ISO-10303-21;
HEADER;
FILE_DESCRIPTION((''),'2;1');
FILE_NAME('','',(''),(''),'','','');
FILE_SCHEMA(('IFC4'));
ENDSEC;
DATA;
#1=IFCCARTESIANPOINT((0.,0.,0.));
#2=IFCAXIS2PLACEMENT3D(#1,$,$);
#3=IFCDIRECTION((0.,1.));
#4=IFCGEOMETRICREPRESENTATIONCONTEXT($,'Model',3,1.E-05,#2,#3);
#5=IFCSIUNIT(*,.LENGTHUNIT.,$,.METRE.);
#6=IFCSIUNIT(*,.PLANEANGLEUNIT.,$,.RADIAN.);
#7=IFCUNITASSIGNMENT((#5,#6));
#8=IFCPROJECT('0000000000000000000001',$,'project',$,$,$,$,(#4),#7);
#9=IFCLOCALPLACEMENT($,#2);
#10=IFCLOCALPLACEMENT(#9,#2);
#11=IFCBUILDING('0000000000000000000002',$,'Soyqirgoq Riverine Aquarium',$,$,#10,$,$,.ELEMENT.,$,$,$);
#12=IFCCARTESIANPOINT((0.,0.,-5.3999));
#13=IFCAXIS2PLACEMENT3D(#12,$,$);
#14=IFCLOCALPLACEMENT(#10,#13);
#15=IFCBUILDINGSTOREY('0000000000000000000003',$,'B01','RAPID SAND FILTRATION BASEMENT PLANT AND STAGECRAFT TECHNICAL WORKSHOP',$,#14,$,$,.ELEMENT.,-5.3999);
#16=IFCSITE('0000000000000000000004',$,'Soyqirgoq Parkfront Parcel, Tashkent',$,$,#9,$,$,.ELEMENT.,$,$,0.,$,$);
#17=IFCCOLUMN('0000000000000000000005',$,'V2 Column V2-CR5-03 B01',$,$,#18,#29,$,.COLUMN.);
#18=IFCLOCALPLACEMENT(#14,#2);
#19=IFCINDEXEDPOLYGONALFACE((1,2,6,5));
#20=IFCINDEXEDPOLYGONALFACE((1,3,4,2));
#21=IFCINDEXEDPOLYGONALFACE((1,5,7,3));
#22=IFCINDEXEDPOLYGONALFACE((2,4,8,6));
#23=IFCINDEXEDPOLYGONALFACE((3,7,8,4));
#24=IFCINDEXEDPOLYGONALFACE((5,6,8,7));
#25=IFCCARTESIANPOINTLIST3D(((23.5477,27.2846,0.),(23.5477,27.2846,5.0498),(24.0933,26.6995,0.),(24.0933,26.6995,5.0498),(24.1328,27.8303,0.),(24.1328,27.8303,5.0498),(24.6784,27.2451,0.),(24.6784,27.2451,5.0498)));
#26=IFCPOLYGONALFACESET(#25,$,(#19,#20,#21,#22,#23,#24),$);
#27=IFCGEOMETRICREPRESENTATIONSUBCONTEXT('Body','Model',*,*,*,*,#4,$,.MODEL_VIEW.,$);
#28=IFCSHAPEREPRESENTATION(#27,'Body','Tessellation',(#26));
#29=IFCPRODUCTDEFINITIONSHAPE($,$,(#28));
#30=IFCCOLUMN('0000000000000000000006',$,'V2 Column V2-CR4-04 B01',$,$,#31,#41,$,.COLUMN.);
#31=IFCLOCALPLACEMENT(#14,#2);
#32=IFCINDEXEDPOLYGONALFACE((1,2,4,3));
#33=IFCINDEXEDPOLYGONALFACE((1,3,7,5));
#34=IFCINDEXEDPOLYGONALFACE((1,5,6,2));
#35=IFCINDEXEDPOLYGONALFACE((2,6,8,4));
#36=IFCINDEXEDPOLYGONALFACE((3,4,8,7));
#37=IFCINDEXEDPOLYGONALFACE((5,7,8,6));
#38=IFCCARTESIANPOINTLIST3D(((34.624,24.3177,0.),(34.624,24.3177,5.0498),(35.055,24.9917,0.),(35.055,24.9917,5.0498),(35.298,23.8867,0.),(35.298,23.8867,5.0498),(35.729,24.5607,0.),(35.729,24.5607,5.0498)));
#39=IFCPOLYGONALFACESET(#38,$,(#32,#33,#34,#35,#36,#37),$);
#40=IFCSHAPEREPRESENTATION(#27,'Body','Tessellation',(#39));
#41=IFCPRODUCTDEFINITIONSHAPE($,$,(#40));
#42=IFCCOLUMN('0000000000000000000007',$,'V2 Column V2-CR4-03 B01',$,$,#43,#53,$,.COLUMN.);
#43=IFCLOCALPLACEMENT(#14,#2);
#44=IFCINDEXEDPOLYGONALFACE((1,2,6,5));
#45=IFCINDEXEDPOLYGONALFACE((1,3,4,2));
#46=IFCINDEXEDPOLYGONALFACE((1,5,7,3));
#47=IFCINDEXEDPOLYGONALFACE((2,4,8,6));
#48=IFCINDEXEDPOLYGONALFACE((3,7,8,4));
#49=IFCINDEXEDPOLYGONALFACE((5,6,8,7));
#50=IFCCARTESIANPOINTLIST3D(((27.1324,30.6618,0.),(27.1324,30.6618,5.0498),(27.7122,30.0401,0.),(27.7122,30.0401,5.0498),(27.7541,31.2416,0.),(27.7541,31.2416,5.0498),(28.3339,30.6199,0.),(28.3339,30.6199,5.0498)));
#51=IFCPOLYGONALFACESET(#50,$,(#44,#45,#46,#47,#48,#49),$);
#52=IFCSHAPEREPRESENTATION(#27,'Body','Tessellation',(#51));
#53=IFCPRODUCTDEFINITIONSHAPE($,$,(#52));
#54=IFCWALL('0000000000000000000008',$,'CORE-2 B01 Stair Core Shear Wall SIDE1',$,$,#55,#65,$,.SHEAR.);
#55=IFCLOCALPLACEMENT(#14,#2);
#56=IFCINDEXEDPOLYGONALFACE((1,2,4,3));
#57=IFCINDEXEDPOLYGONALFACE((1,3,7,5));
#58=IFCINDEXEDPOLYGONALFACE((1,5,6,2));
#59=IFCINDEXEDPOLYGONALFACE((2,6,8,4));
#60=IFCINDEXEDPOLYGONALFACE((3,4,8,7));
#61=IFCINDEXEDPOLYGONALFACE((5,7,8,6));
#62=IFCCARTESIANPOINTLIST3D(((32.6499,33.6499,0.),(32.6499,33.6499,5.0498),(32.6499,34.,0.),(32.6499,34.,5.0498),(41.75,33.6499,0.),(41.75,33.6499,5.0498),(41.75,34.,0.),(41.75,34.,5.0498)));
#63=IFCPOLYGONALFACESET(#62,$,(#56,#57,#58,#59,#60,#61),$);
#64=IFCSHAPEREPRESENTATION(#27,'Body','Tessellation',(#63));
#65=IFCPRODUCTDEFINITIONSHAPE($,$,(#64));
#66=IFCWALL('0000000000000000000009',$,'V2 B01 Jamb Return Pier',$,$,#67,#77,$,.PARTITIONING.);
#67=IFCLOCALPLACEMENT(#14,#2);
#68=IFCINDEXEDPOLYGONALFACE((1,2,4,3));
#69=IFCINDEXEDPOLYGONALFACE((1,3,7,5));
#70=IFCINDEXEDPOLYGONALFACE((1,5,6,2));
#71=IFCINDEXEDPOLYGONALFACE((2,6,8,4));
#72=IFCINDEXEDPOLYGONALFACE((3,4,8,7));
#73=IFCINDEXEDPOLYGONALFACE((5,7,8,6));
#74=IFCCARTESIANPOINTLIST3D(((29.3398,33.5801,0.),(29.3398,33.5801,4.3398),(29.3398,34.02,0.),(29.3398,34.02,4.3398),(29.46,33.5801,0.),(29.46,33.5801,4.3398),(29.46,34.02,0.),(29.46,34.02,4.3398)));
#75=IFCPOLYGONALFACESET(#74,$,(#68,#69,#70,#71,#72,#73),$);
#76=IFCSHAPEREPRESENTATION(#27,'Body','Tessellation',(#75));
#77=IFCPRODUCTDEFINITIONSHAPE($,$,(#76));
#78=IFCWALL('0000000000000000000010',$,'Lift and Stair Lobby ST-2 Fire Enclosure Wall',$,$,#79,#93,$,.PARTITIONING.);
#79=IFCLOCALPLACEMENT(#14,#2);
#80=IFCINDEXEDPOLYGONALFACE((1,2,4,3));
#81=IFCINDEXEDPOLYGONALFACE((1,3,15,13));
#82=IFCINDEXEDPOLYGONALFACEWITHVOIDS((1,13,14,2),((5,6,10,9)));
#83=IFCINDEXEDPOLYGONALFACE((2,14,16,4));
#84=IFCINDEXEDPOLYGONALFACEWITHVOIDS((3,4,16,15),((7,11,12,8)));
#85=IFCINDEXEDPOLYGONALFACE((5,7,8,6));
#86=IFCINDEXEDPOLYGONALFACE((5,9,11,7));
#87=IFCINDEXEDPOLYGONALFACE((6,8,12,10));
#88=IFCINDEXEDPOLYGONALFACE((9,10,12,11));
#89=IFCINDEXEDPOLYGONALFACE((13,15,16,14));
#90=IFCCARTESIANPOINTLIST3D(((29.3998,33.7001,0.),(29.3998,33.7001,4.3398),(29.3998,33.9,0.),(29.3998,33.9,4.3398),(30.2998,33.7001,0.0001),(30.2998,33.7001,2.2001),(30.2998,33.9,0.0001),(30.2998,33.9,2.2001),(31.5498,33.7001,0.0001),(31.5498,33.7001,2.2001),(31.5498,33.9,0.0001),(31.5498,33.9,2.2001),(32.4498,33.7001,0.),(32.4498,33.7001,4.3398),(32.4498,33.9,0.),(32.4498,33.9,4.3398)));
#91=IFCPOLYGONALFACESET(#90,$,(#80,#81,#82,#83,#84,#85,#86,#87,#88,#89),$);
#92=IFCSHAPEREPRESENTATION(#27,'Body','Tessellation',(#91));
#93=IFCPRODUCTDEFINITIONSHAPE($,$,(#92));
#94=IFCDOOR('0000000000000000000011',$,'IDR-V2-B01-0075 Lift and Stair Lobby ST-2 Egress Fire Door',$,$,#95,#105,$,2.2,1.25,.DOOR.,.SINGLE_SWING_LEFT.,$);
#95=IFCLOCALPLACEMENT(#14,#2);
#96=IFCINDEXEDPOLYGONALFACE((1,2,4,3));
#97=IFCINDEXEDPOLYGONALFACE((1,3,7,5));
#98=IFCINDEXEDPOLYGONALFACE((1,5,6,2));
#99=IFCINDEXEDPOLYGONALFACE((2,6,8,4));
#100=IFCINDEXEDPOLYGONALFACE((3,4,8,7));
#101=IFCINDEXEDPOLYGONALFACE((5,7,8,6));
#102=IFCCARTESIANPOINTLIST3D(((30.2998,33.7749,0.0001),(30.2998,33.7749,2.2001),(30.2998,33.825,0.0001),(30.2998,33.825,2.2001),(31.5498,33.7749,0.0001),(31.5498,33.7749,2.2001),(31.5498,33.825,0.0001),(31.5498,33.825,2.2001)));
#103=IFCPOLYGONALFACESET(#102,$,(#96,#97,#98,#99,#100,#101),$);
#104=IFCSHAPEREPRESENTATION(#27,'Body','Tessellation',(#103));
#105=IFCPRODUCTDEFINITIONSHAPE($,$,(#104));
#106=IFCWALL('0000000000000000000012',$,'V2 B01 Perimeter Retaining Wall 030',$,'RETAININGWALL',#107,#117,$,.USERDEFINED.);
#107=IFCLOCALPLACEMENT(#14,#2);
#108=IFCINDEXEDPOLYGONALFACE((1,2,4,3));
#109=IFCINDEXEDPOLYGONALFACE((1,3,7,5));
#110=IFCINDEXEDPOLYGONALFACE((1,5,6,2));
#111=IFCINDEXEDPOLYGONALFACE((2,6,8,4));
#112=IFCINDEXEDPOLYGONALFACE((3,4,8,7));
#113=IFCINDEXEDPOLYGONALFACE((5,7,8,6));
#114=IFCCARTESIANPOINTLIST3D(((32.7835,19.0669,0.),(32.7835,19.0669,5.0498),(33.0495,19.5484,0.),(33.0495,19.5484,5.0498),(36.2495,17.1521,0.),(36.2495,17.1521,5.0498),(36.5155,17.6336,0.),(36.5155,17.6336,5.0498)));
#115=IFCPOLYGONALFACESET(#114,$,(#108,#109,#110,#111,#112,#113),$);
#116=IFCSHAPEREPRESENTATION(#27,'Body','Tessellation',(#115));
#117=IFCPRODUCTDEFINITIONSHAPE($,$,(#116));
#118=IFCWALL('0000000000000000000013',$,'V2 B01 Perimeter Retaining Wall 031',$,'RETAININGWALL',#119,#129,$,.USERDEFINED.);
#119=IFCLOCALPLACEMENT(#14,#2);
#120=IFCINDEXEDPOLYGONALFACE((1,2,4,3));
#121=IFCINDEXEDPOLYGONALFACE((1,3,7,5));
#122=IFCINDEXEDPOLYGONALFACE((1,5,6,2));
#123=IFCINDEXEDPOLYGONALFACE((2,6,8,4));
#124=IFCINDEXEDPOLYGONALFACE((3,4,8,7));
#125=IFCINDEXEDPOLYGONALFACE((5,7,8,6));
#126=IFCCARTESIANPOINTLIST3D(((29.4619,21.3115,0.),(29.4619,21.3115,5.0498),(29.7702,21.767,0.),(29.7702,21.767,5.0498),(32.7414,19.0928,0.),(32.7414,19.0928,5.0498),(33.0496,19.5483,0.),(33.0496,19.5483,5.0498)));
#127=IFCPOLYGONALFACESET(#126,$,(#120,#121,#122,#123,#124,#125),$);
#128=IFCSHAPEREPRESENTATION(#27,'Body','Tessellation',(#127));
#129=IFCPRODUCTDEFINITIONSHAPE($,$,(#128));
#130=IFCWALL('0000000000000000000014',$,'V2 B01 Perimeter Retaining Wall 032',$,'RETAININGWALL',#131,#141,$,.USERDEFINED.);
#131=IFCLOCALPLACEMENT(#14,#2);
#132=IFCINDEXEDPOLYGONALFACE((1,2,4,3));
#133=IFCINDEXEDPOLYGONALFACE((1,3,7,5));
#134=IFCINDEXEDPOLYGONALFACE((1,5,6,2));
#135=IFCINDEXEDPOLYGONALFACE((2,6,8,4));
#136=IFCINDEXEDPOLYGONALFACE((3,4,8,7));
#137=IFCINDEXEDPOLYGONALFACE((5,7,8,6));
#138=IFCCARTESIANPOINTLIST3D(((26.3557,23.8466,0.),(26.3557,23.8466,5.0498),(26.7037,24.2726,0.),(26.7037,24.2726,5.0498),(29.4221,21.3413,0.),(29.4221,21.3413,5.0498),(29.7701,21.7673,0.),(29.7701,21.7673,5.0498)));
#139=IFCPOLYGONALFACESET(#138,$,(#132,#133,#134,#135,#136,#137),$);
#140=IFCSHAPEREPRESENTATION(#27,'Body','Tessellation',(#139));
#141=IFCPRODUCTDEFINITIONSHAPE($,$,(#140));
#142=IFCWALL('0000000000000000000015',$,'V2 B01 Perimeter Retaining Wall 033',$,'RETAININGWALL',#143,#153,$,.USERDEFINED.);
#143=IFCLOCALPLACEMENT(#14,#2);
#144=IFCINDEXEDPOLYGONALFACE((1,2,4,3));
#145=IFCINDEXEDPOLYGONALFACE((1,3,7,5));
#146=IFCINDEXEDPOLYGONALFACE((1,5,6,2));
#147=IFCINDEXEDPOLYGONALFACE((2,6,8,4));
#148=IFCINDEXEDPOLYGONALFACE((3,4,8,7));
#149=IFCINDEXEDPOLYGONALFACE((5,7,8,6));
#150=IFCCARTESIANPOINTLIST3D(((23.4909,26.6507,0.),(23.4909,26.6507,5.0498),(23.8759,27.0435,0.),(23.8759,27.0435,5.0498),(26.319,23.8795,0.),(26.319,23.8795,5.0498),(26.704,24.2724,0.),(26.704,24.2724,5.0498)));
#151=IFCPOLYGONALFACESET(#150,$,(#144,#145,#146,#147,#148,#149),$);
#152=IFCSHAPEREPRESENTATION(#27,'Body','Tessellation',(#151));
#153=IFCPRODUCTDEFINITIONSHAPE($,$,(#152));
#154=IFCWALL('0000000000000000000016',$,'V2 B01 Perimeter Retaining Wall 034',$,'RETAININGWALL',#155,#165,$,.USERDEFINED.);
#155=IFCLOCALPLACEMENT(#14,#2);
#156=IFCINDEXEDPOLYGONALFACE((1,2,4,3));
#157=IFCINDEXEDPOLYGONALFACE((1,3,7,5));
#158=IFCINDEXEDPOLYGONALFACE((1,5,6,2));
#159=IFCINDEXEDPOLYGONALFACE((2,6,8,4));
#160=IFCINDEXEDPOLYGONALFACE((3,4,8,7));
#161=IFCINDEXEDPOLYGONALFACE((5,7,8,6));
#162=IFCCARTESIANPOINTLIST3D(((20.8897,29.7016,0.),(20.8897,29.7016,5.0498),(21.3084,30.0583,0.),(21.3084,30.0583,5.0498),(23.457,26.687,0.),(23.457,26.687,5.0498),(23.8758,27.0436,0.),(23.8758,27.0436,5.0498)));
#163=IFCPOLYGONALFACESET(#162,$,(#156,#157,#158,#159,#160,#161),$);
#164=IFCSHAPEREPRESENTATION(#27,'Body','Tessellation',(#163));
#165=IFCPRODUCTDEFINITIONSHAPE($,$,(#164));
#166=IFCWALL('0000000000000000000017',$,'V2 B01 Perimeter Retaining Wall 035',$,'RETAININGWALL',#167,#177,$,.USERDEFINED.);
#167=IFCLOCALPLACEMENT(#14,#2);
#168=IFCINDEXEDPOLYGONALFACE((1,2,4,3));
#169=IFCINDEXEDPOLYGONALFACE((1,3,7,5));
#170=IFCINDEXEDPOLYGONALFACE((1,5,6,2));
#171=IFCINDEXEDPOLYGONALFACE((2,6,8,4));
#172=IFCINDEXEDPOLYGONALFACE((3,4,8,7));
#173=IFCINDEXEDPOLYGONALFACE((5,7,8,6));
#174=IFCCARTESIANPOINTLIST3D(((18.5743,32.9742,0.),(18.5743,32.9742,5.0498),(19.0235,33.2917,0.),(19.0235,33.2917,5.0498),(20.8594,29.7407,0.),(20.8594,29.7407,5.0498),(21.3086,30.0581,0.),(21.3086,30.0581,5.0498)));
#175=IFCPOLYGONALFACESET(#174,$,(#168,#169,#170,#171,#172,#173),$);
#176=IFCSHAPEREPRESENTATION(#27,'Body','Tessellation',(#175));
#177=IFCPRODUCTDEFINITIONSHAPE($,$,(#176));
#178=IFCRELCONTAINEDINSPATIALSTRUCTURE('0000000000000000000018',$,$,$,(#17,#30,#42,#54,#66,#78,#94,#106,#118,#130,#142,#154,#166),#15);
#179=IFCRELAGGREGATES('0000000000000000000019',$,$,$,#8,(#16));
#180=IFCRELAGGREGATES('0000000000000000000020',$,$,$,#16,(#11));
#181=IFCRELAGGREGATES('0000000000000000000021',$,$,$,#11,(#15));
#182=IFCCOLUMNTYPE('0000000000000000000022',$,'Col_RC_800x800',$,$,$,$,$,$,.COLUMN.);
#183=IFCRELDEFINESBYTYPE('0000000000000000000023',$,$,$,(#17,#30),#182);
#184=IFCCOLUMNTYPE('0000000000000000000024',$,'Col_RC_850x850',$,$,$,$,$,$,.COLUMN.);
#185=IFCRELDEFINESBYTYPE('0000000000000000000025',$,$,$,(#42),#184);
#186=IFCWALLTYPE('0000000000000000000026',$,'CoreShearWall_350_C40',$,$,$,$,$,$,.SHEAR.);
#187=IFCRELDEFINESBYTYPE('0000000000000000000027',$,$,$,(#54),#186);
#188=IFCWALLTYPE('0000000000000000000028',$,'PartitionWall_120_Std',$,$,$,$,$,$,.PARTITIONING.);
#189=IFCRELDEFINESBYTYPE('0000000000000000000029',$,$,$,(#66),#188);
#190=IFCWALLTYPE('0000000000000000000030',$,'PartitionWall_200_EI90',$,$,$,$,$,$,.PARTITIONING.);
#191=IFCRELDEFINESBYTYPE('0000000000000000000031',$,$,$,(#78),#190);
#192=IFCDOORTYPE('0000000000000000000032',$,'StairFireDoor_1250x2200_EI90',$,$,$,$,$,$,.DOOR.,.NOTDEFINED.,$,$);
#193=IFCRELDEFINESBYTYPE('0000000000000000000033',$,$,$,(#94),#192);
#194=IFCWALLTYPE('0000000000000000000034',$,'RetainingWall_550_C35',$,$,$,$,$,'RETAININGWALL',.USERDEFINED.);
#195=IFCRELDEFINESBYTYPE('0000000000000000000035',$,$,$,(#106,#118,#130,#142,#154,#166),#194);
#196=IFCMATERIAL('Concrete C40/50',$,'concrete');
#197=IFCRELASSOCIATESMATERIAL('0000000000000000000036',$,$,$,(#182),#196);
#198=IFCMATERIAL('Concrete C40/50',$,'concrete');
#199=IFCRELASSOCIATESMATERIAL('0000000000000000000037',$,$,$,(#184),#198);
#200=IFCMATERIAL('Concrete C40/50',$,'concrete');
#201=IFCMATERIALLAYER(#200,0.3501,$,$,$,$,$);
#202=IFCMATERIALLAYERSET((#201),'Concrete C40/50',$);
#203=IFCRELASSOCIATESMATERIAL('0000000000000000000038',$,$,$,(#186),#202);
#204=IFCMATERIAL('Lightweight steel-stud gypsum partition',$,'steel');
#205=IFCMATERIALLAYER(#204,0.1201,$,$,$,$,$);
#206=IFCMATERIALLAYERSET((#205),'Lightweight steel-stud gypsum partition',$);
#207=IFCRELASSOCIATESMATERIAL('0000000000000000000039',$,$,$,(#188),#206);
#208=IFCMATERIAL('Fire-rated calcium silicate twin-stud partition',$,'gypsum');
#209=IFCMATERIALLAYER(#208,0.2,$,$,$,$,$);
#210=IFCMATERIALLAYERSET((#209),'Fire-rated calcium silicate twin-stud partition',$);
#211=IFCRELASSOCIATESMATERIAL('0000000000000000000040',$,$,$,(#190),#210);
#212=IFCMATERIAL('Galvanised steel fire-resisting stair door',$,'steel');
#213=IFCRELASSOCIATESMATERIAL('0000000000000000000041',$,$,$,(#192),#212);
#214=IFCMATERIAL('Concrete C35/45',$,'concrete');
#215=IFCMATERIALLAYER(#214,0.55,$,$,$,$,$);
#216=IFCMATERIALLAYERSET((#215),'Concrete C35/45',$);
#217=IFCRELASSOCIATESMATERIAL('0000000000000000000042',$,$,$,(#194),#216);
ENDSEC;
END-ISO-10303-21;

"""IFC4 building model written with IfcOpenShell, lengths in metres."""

from ifc_helpers import new_model, si_unit, direction, frame, frame_2d, origin, origin_2d, place, context, subcontext, project, spatial, rectangle, extrude, material, layer, layer_set, material_profile, profile_set, type_object, element, fill, save


model = new_model("IFC4")

# Units and contexts
model_context = context("Model", 3, precision=1e-05, world=origin(), true_north=direction((0.0, 1.0)))
body_context = subcontext(model_context, "Body", "Model", "MODEL_VIEW")
ifc_project = project(units=[si_unit("LENGTHUNIT", "METRE"), si_unit("PLANEANGLEUNIT", "RADIAN")], contexts=[model_context])

# Site, building, storey
site_placement = place(None, origin())
site = spatial("IfcSite", under=ifc_project, at=site_placement, Name="Soyqirgoq Parkfront Parcel, Tashkent", CompositionType="ELEMENT", RefElevation=0.0)
building_placement = place(site_placement, origin())
building = spatial("IfcBuilding", under=site, at=building_placement, Name="Soyqirgoq Riverine Aquarium", CompositionType="ELEMENT")
storey_placement = place(building_placement, frame((0.0, 0.0, -5.3999)))
storey = spatial("IfcBuildingStorey", under=building, at=storey_placement, Name="B01", Description="RAPID SAND FILTRATION BASEMENT PLANT AND STAGECRAFT TECHNICAL WORKSHOP", CompositionType="ELEMENT", Elevation=-5.3999)

# Columns
ifc_material_1 = material(Name="Concrete C40/50", Category="concrete")
ifc_material_profile_1 = material_profile(ifc_material_1, rectangle(XDim=0.8, YDim=0.8, at=origin_2d()), Name="RC 800x800")
ifc_profile_set_1 = profile_set([ifc_material_profile_1], Name="Concrete C40/50")
column_type_1 = type_object("IfcColumnType", Name="Col_RC_800x800", PredefinedType="COLUMN", material=ifc_profile_set_1)
for number, where, z_axis, x_axis, name in (
    (1, (24.113, 27.2649, 0.0), (0.0, 0.0, 1.0), (-0.731354, -0.681998, 0.0), "V2 Column V2-CR5-03 B01"),
    (2, (35.1765, 24.4392, 0.0), (0.0, 0.0, 1.0), (-0.538771, -0.842452, 0.0), "V2 Column V2-CR4-04 B01"),
):
    element("IfcColumn", number, at=place(storey_placement, frame(where, z_axis=z_axis, x_axis=x_axis)), inside=storey, type_object=column_type_1, Name=name, PredefinedType="COLUMN", context=body_context, shape_type="SweptSolid", body=[
        extrude(rectangle(XDim=0.8, YDim=0.8, at=origin_2d()), origin(), (0.0, 0.0, 1.0), 5.0498),
    ])
ifc_material_2 = material(Name="Concrete C40/50", Category="concrete")
ifc_material_profile_2 = material_profile(ifc_material_2, rectangle(XDim=0.8501, YDim=0.8501, at=origin_2d()), Name="RC 850x850")
ifc_profile_set_2 = profile_set([ifc_material_profile_2], Name="Concrete C40/50")
column_type_2 = type_object("IfcColumnType", Name="Col_RC_850x850", PredefinedType="COLUMN", material=ifc_profile_set_2)
column_1_placement = place(storey_placement, frame((27.7332, 30.6409, 0.0), z_axis=(0.0, 0.0, 1.0), x_axis=(-0.731354, -0.681998, 0.0)))
element("IfcColumn", 3, at=column_1_placement, inside=storey, type_object=column_type_2, Name="V2 Column V2-CR4-03 B01", PredefinedType="COLUMN", context=body_context, shape_type="SweptSolid", body=[
    extrude(rectangle(XDim=0.8501, YDim=0.8501, at=origin_2d()), origin(), (0.0, 0.0, 1.0), 5.0498),
])

# Walls
ifc_material_3 = material(Name="Concrete C40/50", Category="concrete")
ifc_layer_1 = layer(ifc_material_3, 0.3501)
ifc_layer_set_1 = layer_set([ifc_layer_1], Name="Concrete C40/50")
wall_type_1 = type_object("IfcWallType", Name="CoreShearWall_350_C40", PredefinedType="SHEAR", material=ifc_layer_set_1)
wall_1_placement = place(storey_placement, frame((32.6499, 33.825, 0.0), z_axis=(0.0, 0.0, 1.0), x_axis=(1.0, 0.0, 0.0)))
element("IfcWall", 4, at=wall_1_placement, inside=storey, type_object=wall_type_1, Name="CORE-2 B01 Stair Core Shear Wall SIDE1", PredefinedType="SHEAR", context=body_context, shape_type="SweptSolid", body=[
    extrude(rectangle(XDim=9.1001, YDim=0.3501, at=frame_2d((4.55, 0.0))), origin(), (0.0, 0.0, 1.0), 5.0498),
])
ifc_material_4 = material(Name="Lightweight steel-stud gypsum partition", Category="steel")
ifc_layer_2 = layer(ifc_material_4, 0.1201)
ifc_layer_set_2 = layer_set([ifc_layer_2], Name="Lightweight steel-stud gypsum partition")
wall_type_2 = type_object("IfcWallType", Name="PartitionWall_120_Std", PredefinedType="PARTITIONING", material=ifc_layer_set_2)
wall_2_placement = place(storey_placement, frame((29.3999, 33.5801, 0.0), z_axis=(0.0, 0.0, 1.0), x_axis=(0.0, 1.0, 0.0)))
element("IfcWall", 5, at=wall_2_placement, inside=storey, type_object=wall_type_2, Name="V2 B01 Jamb Return Pier", PredefinedType="PARTITIONING", context=body_context, shape_type="SweptSolid", body=[
    extrude(rectangle(XDim=0.4399, YDim=0.1201, at=frame_2d((0.22, 0.0))), origin(), (0.0, 0.0, 1.0), 4.3398),
])

# Wall, opening, door
ifc_material_5 = material(Name="Fire-rated calcium silicate twin-stud partition", Category="gypsum")
ifc_layer_3 = layer(ifc_material_5, 0.2)
ifc_layer_set_3 = layer_set([ifc_layer_3], Name="Fire-rated calcium silicate twin-stud partition")
wall_type_3 = type_object("IfcWallType", Name="PartitionWall_200_EI90", PredefinedType="PARTITIONING", material=ifc_layer_set_3)
wall_3_placement = place(storey_placement, frame((29.3999, 33.8, 0.0), z_axis=(0.0, 0.0, 1.0), x_axis=(1.0, 0.0, 0.0)))
wall_3 = element("IfcWall", 6, at=wall_3_placement, inside=storey, type_object=wall_type_3, Name="Lift and Stair Lobby ST-2 Fire Enclosure Wall", PredefinedType="PARTITIONING", context=body_context, shape_type="SweptSolid", body=[
    extrude(rectangle(XDim=3.05, YDim=0.2, at=frame_2d((1.5249, 0.0))), origin(), (0.0, 0.0, 1.0), 4.3398),
])
opening_placement = place(wall_3_placement, frame((0.8999, 0.0, 0.0)))
opening = element("IfcOpeningElement", 7, at=opening_placement, cuts=wall_3, PredefinedType="OPENING", context=body_context, shape_type="SweptSolid", body=[
    extrude(rectangle(XDim=1.25, YDim=2.2, at=frame_2d((0.625, 1.1001))), frame((0.0, 0.1099, 0.0), z_axis=(0.0, -1.0, 0.0), x_axis=(1.0, 0.0, 0.0)), (0.0, 0.0, 1.0), 0.22),
])
ifc_material_6 = material(Name="Galvanised steel fire-resisting stair door", Category="steel")
door_type = type_object("IfcDoorType", Name="StairFireDoor_1250x2200_EI90", OperationType="NOTDEFINED", PredefinedType="DOOR", material=ifc_material_6)
door_placement = place(opening_placement, origin())
door = element("IfcDoor", 8, at=door_placement, inside=storey, type_object=door_type, Name="IDR-V2-B01-0075 Lift and Stair Lobby ST-2 Egress Fire Door", OperationType="SINGLE_SWING_LEFT", OverallHeight=2.2, OverallWidth=1.25, PredefinedType="DOOR", context=body_context, shape_type="SweptSolid", body=[
    extrude(rectangle(XDim=1.25, YDim=2.2, at=frame_2d((0.625, 1.1001))), frame((0.0, 0.0249, 0.0), z_axis=(0.0, -1.0, 0.0), x_axis=(1.0, 0.0, 0.0)), (0.0, 0.0, 1.0), 0.05),
])
fill(opening, door)

# Walls
ifc_material_7 = material(Name="Concrete C35/45", Category="concrete")
ifc_layer_4 = layer(ifc_material_7, 0.55)
ifc_layer_set_4 = layer_set([ifc_layer_4], Name="Concrete C35/45")
wall_type_4 = type_object("IfcWallType", Name="RetainingWall_550_C35", ElementType="RETAININGWALL", PredefinedType="USERDEFINED", material=ifc_layer_set_4)
wall_4_placement = place(storey_placement, frame((36.3826, 17.3928, 0.0), z_axis=(0.0, 0.0, 1.0), x_axis=(-0.875312, 0.483558, 0.0)))
element("IfcWall", 9, at=wall_4_placement, inside=storey, type_object=wall_type_4, Name="V2 B01 Perimeter Retaining Wall 030", ObjectType="RETAININGWALL", PredefinedType="USERDEFINED", context=body_context, shape_type="SweptSolid", body=[
    extrude(rectangle(XDim=3.9597, YDim=0.55, at=frame_2d((1.98, 0.0))), origin(), (0.0, 0.0, 1.0), 5.0498),
])
wall_5_placement = place(storey_placement, frame((32.8955, 19.3206, 0.0), z_axis=(0.0, 0.0, 1.0), x_axis=(-0.828256, 0.56035, 0.0)))
element("IfcWall", 10, at=wall_5_placement, inside=storey, type_object=wall_type_4, Name="V2 B01 Perimeter Retaining Wall 031", ObjectType="RETAININGWALL", PredefinedType="USERDEFINED", context=body_context, shape_type="SweptSolid", body=[
    extrude(rectangle(XDim=3.9595, YDim=0.55, at=frame_2d((1.9797, 0.0))), origin(), (0.0, 0.0, 1.0), 5.0498),
])
wall_6_placement = place(storey_placement, frame((29.5962, 21.5542, 0.0), z_axis=(0.0, 0.0, 1.0), x_axis=(-0.774391, 0.632707, 0.0)))
element("IfcWall", 11, at=wall_6_placement, inside=storey, type_object=wall_type_4, Name="V2 B01 Perimeter Retaining Wall 032", ObjectType="RETAININGWALL", PredefinedType="USERDEFINED", context=body_context, shape_type="SweptSolid", body=[
    extrude(rectangle(XDim=3.9597, YDim=0.55, at=frame_2d((1.98, 0.0))), origin(), (0.0, 0.0, 1.0), 5.0498),
])
wall_7_placement = place(storey_placement, frame((26.5115, 24.0759, 0.0), z_axis=(0.0, 0.0, 1.0), x_axis=(-0.714254, 0.699887, 0.0)))
element("IfcWall", 12, at=wall_7_placement, inside=storey, type_object=wall_type_4, Name="V2 B01 Perimeter Retaining Wall 033", ObjectType="RETAININGWALL", PredefinedType="USERDEFINED", context=body_context, shape_type="SweptSolid", body=[
    extrude(rectangle(XDim=3.9595, YDim=0.55, at=frame_2d((1.9797, 0.0))), origin(), (0.0, 0.0, 1.0), 5.0498),
])
wall_8_placement = place(storey_placement, frame((23.6665, 26.8652, 0.0), z_axis=(0.0, 0.0, 1.0), x_axis=(-0.648371, 0.761324, 0.0)))
element("IfcWall", 13, at=wall_8_placement, inside=storey, type_object=wall_type_4, Name="V2 B01 Perimeter Retaining Wall 034", ObjectType="RETAININGWALL", PredefinedType="USERDEFINED", context=body_context, shape_type="SweptSolid", body=[
    extrude(rectangle(XDim=3.9597, YDim=0.55, at=frame_2d((1.98, 0.0))), origin(), (0.0, 0.0, 1.0), 5.0498),
])
wall_9_placement = place(storey_placement, frame((21.084, 29.8994, 0.0), z_axis=(0.0, 0.0, 1.0), x_axis=(-0.577119, 0.81666, 0.0)))
element("IfcWall", 14, at=wall_9_placement, inside=storey, type_object=wall_type_4, Name="V2 B01 Perimeter Retaining Wall 035", ObjectType="RETAININGWALL", PredefinedType="USERDEFINED", context=body_context, shape_type="SweptSolid", body=[
    extrude(rectangle(XDim=3.9595, YDim=0.55, at=frame_2d((1.9797, 0.0))), origin(), (0.0, 0.0, 1.0), 5.0498),
])

save(model, "model.ifc")
